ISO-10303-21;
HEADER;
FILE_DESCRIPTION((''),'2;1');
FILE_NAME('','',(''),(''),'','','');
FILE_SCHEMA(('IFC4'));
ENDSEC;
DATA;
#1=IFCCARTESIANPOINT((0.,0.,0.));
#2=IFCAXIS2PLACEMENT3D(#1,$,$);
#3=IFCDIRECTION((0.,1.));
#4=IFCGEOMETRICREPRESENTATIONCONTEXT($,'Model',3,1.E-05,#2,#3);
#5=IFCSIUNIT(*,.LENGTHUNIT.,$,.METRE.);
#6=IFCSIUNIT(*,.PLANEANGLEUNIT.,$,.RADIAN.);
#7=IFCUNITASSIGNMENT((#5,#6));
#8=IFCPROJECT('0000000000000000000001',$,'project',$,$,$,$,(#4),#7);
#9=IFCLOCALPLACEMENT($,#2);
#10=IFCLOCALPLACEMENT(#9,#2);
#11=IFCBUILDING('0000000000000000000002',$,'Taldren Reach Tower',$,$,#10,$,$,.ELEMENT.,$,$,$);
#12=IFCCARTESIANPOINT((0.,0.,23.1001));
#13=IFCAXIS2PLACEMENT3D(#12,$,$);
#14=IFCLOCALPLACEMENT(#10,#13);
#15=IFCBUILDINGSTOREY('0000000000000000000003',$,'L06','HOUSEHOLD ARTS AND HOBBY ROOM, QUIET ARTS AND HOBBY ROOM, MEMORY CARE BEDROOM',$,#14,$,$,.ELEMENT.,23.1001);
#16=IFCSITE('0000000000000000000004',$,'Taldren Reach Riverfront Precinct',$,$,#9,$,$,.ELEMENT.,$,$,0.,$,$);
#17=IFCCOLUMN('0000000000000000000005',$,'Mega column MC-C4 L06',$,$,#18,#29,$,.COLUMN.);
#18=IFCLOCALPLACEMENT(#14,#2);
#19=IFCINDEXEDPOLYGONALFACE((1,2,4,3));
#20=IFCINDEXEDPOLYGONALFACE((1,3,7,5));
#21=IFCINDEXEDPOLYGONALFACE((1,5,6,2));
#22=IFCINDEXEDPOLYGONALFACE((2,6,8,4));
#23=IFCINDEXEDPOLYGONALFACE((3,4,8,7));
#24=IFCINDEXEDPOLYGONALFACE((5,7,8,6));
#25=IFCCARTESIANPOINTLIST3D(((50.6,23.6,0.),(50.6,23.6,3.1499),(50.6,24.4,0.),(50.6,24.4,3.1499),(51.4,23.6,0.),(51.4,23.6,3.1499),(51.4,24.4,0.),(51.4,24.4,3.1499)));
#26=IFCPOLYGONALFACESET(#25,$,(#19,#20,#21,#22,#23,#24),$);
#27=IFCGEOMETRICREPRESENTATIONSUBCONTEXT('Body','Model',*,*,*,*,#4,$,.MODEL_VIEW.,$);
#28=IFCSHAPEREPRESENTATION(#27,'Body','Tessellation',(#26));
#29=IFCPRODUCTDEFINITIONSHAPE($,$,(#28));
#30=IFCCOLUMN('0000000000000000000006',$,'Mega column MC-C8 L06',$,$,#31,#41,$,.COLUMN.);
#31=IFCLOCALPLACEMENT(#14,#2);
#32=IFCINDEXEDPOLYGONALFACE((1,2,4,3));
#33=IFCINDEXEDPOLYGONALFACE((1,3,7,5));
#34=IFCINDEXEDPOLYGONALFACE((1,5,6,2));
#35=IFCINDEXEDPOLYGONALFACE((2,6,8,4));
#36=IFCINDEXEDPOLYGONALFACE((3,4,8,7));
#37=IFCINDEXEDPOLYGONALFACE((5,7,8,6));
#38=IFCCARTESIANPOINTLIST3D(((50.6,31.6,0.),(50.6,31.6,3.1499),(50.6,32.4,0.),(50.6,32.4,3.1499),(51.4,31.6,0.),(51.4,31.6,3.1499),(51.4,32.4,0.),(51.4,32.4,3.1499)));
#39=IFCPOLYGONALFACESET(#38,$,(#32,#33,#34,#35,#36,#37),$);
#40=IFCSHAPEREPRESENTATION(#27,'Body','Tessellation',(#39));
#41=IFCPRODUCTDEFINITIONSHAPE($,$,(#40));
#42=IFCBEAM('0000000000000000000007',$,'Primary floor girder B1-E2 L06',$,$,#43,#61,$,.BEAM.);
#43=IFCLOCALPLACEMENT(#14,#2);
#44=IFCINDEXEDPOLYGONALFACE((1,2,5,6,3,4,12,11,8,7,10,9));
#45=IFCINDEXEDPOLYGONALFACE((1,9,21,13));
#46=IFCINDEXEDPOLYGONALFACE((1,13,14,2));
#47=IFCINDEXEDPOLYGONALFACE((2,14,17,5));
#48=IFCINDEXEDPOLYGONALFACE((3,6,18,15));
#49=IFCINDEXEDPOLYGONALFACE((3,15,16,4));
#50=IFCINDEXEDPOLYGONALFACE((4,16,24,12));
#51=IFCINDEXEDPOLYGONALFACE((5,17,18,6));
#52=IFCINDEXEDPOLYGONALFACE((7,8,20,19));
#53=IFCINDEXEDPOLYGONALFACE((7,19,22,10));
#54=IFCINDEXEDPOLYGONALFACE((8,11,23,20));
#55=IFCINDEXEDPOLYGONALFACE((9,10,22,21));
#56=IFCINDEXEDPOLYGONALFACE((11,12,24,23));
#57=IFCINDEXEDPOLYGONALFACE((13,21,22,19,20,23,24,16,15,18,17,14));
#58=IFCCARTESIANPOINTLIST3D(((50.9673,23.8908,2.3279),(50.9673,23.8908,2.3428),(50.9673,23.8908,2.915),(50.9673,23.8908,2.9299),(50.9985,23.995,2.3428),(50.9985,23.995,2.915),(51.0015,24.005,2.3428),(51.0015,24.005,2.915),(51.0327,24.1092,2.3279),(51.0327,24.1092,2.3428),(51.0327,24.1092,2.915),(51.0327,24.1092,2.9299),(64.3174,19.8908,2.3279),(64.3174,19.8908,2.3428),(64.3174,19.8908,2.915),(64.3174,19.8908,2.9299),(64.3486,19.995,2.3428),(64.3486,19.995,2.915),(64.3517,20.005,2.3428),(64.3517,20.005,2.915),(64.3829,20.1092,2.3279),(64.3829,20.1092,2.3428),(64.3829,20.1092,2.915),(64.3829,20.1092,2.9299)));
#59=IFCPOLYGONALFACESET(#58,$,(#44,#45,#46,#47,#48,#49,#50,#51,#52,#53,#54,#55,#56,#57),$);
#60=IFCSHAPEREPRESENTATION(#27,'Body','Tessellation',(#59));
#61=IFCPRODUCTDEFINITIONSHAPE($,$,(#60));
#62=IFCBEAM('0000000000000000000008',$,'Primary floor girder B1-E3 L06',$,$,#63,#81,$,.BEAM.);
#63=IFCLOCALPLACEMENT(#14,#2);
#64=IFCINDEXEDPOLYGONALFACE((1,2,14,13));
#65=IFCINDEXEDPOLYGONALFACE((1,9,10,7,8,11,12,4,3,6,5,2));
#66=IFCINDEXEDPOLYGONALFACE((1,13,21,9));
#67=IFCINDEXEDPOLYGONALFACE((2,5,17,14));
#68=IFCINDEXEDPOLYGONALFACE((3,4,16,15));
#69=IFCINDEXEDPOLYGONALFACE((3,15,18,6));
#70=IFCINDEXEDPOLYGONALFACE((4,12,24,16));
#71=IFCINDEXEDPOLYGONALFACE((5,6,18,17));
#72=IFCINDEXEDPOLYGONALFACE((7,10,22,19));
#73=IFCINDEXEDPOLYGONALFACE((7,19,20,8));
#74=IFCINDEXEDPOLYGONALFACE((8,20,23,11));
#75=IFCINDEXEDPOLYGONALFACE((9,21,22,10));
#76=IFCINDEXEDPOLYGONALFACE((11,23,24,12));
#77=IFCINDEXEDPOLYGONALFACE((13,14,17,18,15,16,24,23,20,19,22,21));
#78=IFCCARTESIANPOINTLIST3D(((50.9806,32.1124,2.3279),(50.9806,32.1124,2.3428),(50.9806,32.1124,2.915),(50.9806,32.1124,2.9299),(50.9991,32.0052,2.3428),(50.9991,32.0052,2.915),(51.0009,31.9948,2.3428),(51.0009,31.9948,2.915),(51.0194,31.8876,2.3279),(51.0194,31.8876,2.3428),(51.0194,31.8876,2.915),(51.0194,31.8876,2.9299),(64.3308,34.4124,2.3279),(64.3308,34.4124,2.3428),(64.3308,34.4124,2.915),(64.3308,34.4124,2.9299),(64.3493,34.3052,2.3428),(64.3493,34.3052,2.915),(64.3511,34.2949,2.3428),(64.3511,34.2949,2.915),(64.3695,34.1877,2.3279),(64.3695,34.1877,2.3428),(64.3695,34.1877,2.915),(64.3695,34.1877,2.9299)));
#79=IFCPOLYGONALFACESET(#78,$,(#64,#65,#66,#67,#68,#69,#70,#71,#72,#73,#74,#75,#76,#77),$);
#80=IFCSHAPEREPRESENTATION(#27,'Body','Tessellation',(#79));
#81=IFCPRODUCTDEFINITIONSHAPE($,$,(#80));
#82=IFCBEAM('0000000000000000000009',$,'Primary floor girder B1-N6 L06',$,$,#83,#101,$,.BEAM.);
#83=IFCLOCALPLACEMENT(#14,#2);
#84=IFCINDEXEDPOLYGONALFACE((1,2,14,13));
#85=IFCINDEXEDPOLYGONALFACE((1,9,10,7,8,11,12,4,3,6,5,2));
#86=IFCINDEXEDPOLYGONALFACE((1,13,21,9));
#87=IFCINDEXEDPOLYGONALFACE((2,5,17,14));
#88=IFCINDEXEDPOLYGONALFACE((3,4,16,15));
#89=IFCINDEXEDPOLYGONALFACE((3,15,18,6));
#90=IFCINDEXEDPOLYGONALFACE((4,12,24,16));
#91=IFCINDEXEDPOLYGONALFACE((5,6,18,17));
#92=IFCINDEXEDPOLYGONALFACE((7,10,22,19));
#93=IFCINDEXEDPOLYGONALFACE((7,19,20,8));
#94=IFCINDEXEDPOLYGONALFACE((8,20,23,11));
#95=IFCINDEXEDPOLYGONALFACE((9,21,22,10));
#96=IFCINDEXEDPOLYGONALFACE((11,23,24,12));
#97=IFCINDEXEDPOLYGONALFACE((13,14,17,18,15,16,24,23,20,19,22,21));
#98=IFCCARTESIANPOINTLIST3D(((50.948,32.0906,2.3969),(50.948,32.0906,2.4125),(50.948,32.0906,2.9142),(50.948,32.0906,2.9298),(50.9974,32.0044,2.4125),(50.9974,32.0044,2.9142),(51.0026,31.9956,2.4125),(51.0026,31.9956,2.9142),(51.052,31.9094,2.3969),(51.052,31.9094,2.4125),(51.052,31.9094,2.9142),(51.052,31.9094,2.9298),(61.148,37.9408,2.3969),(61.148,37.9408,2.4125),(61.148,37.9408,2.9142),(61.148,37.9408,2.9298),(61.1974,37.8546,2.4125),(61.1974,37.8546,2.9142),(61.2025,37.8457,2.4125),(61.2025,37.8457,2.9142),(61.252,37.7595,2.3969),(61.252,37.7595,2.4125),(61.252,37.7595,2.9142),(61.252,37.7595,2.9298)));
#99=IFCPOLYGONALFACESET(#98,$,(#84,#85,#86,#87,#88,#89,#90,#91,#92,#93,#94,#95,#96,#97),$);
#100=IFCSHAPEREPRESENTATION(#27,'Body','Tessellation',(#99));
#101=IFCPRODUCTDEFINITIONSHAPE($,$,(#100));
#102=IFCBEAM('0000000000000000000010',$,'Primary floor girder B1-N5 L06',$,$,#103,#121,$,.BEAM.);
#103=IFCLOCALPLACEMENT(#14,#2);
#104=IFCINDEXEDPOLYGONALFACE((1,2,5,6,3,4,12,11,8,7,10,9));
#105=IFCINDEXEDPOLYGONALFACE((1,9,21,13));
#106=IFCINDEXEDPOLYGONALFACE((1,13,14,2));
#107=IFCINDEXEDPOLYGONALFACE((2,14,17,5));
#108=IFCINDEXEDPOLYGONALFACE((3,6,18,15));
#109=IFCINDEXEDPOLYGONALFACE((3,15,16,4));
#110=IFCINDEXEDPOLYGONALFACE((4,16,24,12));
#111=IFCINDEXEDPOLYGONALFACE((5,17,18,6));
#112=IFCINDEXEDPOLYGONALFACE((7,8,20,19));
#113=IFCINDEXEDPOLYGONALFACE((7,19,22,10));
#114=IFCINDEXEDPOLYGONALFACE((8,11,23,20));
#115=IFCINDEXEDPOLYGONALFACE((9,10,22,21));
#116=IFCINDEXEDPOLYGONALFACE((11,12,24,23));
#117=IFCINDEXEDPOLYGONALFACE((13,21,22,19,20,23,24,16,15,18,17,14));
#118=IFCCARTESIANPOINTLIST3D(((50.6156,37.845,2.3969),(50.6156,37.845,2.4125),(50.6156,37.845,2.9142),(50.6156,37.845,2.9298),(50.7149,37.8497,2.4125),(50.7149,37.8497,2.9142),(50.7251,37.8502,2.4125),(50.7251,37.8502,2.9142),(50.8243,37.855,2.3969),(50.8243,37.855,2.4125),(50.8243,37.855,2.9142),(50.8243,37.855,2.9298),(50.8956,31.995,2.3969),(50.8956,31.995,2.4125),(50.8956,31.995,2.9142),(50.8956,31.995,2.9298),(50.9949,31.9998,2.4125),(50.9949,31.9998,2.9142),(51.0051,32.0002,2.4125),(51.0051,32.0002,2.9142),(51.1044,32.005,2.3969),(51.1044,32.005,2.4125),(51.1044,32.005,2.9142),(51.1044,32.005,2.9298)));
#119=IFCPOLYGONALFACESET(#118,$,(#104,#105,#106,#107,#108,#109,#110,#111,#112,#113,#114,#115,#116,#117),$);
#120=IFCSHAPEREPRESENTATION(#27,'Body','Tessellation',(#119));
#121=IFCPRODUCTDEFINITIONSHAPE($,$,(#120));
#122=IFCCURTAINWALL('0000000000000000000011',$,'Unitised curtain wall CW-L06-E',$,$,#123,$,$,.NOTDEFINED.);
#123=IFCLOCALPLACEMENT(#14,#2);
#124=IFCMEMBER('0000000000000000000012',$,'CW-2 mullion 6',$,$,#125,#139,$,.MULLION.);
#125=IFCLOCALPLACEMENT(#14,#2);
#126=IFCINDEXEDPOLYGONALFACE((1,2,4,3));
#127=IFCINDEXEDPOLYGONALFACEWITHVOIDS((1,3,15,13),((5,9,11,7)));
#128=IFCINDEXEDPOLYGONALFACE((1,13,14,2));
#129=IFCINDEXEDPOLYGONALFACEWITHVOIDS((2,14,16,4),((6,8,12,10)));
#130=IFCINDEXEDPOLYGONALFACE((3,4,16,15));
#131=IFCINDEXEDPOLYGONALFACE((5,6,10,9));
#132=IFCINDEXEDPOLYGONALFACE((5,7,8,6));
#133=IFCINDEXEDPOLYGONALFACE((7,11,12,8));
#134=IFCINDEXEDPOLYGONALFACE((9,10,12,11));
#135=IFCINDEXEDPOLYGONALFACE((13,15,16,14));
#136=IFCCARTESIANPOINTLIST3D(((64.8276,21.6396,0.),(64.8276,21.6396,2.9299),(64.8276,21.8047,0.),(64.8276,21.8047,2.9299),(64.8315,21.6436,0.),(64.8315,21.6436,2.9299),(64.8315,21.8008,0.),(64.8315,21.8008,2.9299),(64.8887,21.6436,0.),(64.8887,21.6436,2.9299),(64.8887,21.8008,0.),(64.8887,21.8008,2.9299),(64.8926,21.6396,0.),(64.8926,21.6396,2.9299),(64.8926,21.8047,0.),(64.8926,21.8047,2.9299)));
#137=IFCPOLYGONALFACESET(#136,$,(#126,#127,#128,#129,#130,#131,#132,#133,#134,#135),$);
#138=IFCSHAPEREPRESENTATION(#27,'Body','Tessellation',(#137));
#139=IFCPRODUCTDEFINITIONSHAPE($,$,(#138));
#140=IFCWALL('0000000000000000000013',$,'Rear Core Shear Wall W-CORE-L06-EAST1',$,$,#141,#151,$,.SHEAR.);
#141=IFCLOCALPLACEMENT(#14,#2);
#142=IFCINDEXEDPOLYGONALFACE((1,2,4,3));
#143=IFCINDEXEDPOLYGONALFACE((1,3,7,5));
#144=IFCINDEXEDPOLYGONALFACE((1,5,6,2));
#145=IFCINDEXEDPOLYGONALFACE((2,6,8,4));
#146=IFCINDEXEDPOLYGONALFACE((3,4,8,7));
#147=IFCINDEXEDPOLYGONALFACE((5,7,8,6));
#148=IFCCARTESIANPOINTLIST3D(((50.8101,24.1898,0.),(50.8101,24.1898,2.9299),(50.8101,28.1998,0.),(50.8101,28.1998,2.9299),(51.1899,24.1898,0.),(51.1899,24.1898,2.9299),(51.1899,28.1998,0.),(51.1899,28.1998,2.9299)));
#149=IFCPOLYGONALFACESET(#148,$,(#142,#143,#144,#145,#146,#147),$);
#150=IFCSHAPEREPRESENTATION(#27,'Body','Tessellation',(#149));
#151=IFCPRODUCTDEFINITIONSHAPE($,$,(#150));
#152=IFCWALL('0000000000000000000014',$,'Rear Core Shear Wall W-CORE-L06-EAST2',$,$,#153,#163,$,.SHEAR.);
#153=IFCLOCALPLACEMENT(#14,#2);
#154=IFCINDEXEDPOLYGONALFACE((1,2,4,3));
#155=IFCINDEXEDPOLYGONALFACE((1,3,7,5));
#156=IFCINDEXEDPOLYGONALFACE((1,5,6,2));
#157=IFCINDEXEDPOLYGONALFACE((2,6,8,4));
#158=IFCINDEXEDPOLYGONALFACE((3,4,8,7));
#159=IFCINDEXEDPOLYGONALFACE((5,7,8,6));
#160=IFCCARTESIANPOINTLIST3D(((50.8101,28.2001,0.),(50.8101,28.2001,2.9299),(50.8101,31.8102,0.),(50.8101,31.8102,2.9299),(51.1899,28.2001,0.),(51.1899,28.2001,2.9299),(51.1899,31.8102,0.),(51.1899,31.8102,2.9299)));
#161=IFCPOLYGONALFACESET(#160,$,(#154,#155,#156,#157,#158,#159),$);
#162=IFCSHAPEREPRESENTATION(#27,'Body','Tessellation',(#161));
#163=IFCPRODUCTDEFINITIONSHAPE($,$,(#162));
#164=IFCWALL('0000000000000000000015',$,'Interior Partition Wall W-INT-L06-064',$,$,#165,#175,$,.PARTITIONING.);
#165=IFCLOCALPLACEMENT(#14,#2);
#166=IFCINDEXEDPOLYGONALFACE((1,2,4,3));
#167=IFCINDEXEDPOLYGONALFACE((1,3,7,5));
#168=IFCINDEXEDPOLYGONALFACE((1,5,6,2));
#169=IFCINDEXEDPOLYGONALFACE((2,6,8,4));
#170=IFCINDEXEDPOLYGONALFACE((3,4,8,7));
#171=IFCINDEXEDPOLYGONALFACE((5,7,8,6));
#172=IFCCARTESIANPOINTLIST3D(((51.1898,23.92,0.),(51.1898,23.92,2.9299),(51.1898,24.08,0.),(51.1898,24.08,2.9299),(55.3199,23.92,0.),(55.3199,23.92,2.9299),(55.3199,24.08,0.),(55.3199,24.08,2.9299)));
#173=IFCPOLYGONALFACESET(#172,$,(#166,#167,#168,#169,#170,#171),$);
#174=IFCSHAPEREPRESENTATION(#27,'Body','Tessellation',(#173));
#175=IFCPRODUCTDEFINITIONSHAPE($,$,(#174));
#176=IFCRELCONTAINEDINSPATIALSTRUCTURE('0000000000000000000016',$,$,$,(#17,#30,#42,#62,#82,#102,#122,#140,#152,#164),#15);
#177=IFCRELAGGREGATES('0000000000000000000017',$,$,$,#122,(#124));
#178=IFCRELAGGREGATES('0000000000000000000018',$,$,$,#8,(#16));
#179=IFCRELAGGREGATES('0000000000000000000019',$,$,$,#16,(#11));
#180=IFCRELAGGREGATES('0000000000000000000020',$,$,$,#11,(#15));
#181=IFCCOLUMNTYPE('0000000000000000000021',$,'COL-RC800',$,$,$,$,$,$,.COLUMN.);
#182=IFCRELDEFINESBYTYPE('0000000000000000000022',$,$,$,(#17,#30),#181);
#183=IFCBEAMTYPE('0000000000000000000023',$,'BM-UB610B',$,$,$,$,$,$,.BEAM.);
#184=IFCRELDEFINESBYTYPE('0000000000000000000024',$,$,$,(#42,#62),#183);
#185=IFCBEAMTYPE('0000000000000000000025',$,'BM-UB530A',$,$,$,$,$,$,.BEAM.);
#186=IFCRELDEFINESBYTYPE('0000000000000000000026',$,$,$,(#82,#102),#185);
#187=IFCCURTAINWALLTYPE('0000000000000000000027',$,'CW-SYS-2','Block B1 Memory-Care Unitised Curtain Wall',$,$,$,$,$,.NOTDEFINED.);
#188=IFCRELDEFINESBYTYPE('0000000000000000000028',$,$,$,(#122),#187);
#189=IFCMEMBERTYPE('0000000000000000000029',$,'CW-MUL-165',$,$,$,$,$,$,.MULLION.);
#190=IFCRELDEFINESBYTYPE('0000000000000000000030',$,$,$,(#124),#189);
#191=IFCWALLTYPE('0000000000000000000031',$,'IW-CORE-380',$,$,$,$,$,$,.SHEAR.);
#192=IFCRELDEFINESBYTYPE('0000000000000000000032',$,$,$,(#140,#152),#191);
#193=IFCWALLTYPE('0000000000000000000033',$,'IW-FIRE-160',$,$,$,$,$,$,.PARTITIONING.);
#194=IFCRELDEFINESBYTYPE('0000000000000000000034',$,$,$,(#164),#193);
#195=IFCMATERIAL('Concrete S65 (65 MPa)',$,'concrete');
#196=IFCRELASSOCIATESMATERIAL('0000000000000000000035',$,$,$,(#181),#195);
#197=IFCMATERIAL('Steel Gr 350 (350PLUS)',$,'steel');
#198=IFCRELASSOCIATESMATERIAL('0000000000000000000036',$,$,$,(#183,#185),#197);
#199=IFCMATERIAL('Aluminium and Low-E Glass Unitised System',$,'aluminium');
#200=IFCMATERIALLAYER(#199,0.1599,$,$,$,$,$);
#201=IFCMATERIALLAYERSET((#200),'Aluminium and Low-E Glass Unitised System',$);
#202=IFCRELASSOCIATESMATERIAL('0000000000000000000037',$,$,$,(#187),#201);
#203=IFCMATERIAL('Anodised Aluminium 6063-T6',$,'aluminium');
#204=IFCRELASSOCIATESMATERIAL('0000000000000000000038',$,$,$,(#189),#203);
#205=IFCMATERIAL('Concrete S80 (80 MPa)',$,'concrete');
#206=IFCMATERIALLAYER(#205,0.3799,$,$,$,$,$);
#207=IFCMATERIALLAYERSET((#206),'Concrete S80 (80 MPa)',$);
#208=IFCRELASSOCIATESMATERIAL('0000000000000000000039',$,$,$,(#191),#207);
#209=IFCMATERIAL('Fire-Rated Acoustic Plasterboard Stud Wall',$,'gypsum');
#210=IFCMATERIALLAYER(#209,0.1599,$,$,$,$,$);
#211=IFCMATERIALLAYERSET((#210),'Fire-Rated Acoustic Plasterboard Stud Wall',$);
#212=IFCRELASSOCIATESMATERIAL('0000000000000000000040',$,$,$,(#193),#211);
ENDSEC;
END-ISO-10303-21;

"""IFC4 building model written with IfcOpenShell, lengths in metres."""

from ifc_helpers import new_model, si_unit, direction, frame, frame_2d, origin, origin_2d, place, context, subcontext, project, spatial, rectangle, hollow_rectangle, i_section, extrude, source, transform, mapped, material, layer, layer_set, material_profile, profile_set, type_object, element, aggregate, save


model = new_model("IFC4")

# Units and contexts
model_context = context("Model", 3, precision=1e-05, world=origin(), true_north=direction((0.0, 1.0)))
body_context = subcontext(model_context, "Body", "Model", "MODEL_VIEW")
ifc_project = project(units=[si_unit("LENGTHUNIT", "METRE"), si_unit("PLANEANGLEUNIT", "RADIAN")], contexts=[model_context])

# Site, building, storey
site_placement = place(None, origin())
site = spatial("IfcSite", under=ifc_project, at=site_placement, Name="Taldren Reach Riverfront Precinct", CompositionType="ELEMENT", RefElevation=0.0)
building_placement = place(site_placement, origin())
building = spatial("IfcBuilding", under=site, at=building_placement, Name="Taldren Reach Tower", CompositionType="ELEMENT")
storey_placement = place(building_placement, frame((0.0, 0.0, 23.1001)))
storey = spatial("IfcBuildingStorey", under=building, at=storey_placement, Name="L06", Description="HOUSEHOLD ARTS AND HOBBY ROOM, QUIET ARTS AND HOBBY ROOM, MEMORY CARE BEDROOM", CompositionType="ELEMENT", Elevation=23.1001)

# Columns
ifc_material_1 = material(Name="Concrete S65 (65 MPa)", Category="concrete")
ifc_material_profile_1 = material_profile(ifc_material_1, rectangle(XDim=0.8, YDim=0.8, at=origin_2d()), Name="RC-800x800")
ifc_profile_set_1 = profile_set([ifc_material_profile_1], Name="Concrete S65 (65 MPa)")
column_type = type_object("IfcColumnType", Name="COL-RC800", PredefinedType="COLUMN", material=ifc_profile_set_1)
shared_shape_1 = source(origin(), body_context, "Body", "SweptSolid", [
    extrude(rectangle(XDim=0.8, YDim=0.8, at=origin_2d()), origin(), (0.0, 0.0, 1.0), 3.1499),
])
for number, where, z_axis, x_axis, name in (
    (1, (51.0, 24.0, 0.0), (0.0, 0.0, 1.0), (1.0, 0.0, 0.0), "Mega column MC-C4 L06"),
    (2, (51.0, 32.0, 0.0), (0.0, 0.0, 1.0), (1.0, 0.0, 0.0), "Mega column MC-C8 L06"),
):
    element("IfcColumn", number, at=place(storey_placement, frame(where, z_axis=z_axis, x_axis=x_axis)), inside=storey, type_object=column_type, Name=name, PredefinedType="COLUMN", context=body_context, shape_type="MappedRepresentation", body=[
        mapped(shared_shape_1, transform((0.0, 0.0, 0.0), scale=1.0)),
    ])

# Beams
ifc_material_2 = material(Name="Steel Gr 350 (350PLUS)", Category="steel")
ifc_material_profile_2 = material_profile(ifc_material_2, i_section(OverallWidth=0.228, OverallDepth=0.6021, WebThickness=0.0105, FlangeThickness=0.0149, at=origin_2d()), Name="610UB101")
ifc_profile_set_2 = profile_set([ifc_material_profile_2], Name="Steel Gr 350 (350PLUS)")
beam_type_1 = type_object("IfcBeamType", Name="BM-UB610B", PredefinedType="BEAM", material=ifc_profile_set_2)
shared_shape_2 = source(origin(), body_context, "Body", "SweptSolid", [
    extrude(i_section(OverallWidth=0.228, OverallDepth=0.6021, WebThickness=0.0105, FlangeThickness=0.0149, at=origin_2d()), origin(), (0.0, 0.0, 1.0), 13.9365),
])
beam_1_placement = place(storey_placement, frame((51.0, 24.0, 2.6289), z_axis=(0.957926, -0.287017, 0.0), x_axis=(0.287017, 0.957926, 0.0)))
element("IfcBeam", 3, at=beam_1_placement, inside=storey, type_object=beam_type_1, Name="Primary floor girder B1-E2 L06", PredefinedType="BEAM", context=body_context, shape_type="MappedRepresentation", body=[
    mapped(shared_shape_2, transform((0.0, 0.0, 0.0), scale=1.0)),
])
shared_shape_3 = source(origin(), body_context, "Body", "SweptSolid", [
    extrude(i_section(OverallWidth=0.228, OverallDepth=0.6021, WebThickness=0.0105, FlangeThickness=0.0149, at=origin_2d()), origin(), (0.0, 0.0, 1.0), 13.5469),
])
beam_2_placement = place(storey_placement, frame((51.0, 32.0, 2.6289), z_axis=(0.985481, 0.169786, 0.0), x_axis=(-0.169786, 0.985481, 0.0)))
element("IfcBeam", 4, at=beam_2_placement, inside=storey, type_object=beam_type_1, Name="Primary floor girder B1-E3 L06", PredefinedType="BEAM", context=body_context, shape_type="MappedRepresentation", body=[
    mapped(shared_shape_3, transform((0.0, 0.0, 0.0), scale=1.0)),
])
ifc_material_profile_3 = material_profile(ifc_material_2, i_section(OverallWidth=0.209, OverallDepth=0.533, WebThickness=0.0103, FlangeThickness=0.0156, at=origin_2d()), Name="530UB92.4")
ifc_profile_set_3 = profile_set([ifc_material_profile_3], Name="Steel Gr 350 (350PLUS)")
beam_type_2 = type_object("IfcBeamType", Name="BM-UB530A", PredefinedType="BEAM", material=ifc_profile_set_3)
shared_shape_4 = source(origin(), body_context, "Body", "SweptSolid", [
    extrude(i_section(OverallWidth=0.209, OverallDepth=0.533, WebThickness=0.0103, FlangeThickness=0.0156, at=origin_2d()), origin(), (0.0, 0.0, 1.0), 11.7585),
])
beam_3_placement = place(storey_placement, frame((51.0, 32.0, 2.6633), z_axis=(0.867452, 0.49752, 0.0), x_axis=(-0.49752, 0.867452, 0.0)))
element("IfcBeam", 5, at=beam_3_placement, inside=storey, type_object=beam_type_2, Name="Primary floor girder B1-N6 L06", PredefinedType="BEAM", context=body_context, shape_type="MappedRepresentation", body=[
    mapped(shared_shape_4, transform((0.0, 0.0, 0.0), scale=1.0)),
])
shared_shape_5 = source(origin(), body_context, "Body", "SweptSolid", [
    extrude(i_section(OverallWidth=0.209, OverallDepth=0.533, WebThickness=0.0103, FlangeThickness=0.0156, at=origin_2d()), origin(), (0.0, 0.0, 1.0), 5.8567),
])
beam_4_placement = place(storey_placement, frame((51.0, 32.0, 2.6633), z_axis=(-0.047813, 0.998856, 0.0), x_axis=(-0.998856, -0.047813, 0.0)))
element("IfcBeam", 6, at=beam_4_placement, inside=storey, type_object=beam_type_2, Name="Primary floor girder B1-N5 L06", PredefinedType="BEAM", context=body_context, shape_type="MappedRepresentation", body=[
    mapped(shared_shape_5, transform((0.0, 0.0, 0.0), scale=1.0)),
])

# Curtain wall, member
ifc_material_3 = material(Name="Aluminium and Low-E Glass Unitised System", Category="aluminium")
ifc_layer_1 = layer(ifc_material_3, 0.1599)
ifc_layer_set_1 = layer_set([ifc_layer_1], Name="Aluminium and Low-E Glass Unitised System")
curtain_wall_type = type_object("IfcCurtainWallType", Name="CW-SYS-2", Description="Block B1 Memory-Care Unitised Curtain Wall", PredefinedType="NOTDEFINED", material=ifc_layer_set_1)
curtain_wall_placement = place(storey_placement, origin())
curtain_wall = element("IfcCurtainWall", 7, at=curtain_wall_placement, inside=storey, type_object=curtain_wall_type, Name="Unitised curtain wall CW-L06-E", PredefinedType="NOTDEFINED")
ifc_material_4 = material(Name="Anodised Aluminium 6063-T6", Category="aluminium")
ifc_material_profile_4 = material_profile(ifc_material_4, hollow_rectangle(XDim=0.0649, YDim=0.165, WallThickness=0.0039, at=origin_2d()), Name="ALU-165x65x4RHS")
ifc_profile_set_4 = profile_set([ifc_material_profile_4], Name="Anodised Aluminium 6063-T6")
member_type = type_object("IfcMemberType", Name="CW-MUL-165", PredefinedType="MULLION", material=ifc_profile_set_4)
shared_shape_6 = source(origin(), body_context, "Body", "SweptSolid", [
    extrude(hollow_rectangle(XDim=0.0649, YDim=0.165, WallThickness=0.0039, at=origin_2d()), origin(), (0.0, 0.0, 1.0), 2.9299),
])
member_placement = place(storey_placement, frame((64.8601, 21.7222, 0.0), z_axis=(0.0, 0.0, 1.0), x_axis=(-1.0, 0.0, 0.0)))
member = element("IfcMember", 8, at=member_placement, type_object=member_type, Name="CW-2 mullion 6", PredefinedType="MULLION", context=body_context, shape_type="MappedRepresentation", body=[
    mapped(shared_shape_6, transform((0.0, 0.0, 0.0), scale=1.0)),
])
aggregate(curtain_wall, [member])

# Walls
ifc_material_5 = material(Name="Concrete S80 (80 MPa)", Category="concrete")
ifc_layer_2 = layer(ifc_material_5, 0.3799)
ifc_layer_set_2 = layer_set([ifc_layer_2], Name="Concrete S80 (80 MPa)")
wall_type_1 = type_object("IfcWallType", Name="IW-CORE-380", PredefinedType="SHEAR", material=ifc_layer_set_2)
shared_shape_7 = source(origin(), body_context, "Body", "SweptSolid", [
    extrude(rectangle(XDim=4.01, YDim=0.3799, at=frame_2d((2.0049, 0.0))), origin(), (0.0, 0.0, 1.0), 2.9299),
])
wall_1_placement = place(storey_placement, frame((51.0, 24.1899, 0.0), z_axis=(0.0, 0.0, 1.0), x_axis=(0.0, 1.0, 0.0)))
element("IfcWall", 9, at=wall_1_placement, inside=storey, type_object=wall_type_1, Name="Rear Core Shear Wall W-CORE-L06-EAST1", PredefinedType="SHEAR", context=body_context, shape_type="MappedRepresentation", body=[
    mapped(shared_shape_7, transform((0.0, 0.0, 0.0), scale=1.0)),
])
shared_shape_8 = source(origin(), body_context, "Body", "SweptSolid", [
    extrude(rectangle(XDim=3.6101, YDim=0.3799, at=frame_2d((1.8052, 0.0))), origin(), (0.0, 0.0, 1.0), 2.9299),
])
wall_2_placement = place(storey_placement, frame((51.0, 28.2, 0.0), z_axis=(0.0, 0.0, 1.0), x_axis=(0.0, 1.0, 0.0)))
element("IfcWall", 10, at=wall_2_placement, inside=storey, type_object=wall_type_1, Name="Rear Core Shear Wall W-CORE-L06-EAST2", PredefinedType="SHEAR", context=body_context, shape_type="MappedRepresentation", body=[
    mapped(shared_shape_8, transform((0.0, 0.0, 0.0), scale=1.0)),
])
ifc_material_6 = material(Name="Fire-Rated Acoustic Plasterboard Stud Wall", Category="gypsum")
ifc_layer_3 = layer(ifc_material_6, 0.1599)
ifc_layer_set_3 = layer_set([ifc_layer_3], Name="Fire-Rated Acoustic Plasterboard Stud Wall")
wall_type_2 = type_object("IfcWallType", Name="IW-FIRE-160", PredefinedType="PARTITIONING", material=ifc_layer_set_3)
shared_shape_9 = source(origin(), body_context, "Body", "SweptSolid", [
    extrude(rectangle(XDim=4.1301, YDim=0.1599, at=frame_2d((2.0649, 0.0))), origin(), (0.0, 0.0, 1.0), 2.9299),
])
wall_3_placement = place(storey_placement, frame((51.1899, 24.0, 0.0), z_axis=(0.0, 0.0, 1.0), x_axis=(1.0, 0.0, 0.0)))
element("IfcWall", 11, at=wall_3_placement, inside=storey, type_object=wall_type_2, Name="Interior Partition Wall W-INT-L06-064", PredefinedType="PARTITIONING", context=body_context, shape_type="MappedRepresentation", body=[
    mapped(shared_shape_9, transform((0.0, 0.0, 0.0), scale=1.0)),
])

save(model, "model.ifc")
